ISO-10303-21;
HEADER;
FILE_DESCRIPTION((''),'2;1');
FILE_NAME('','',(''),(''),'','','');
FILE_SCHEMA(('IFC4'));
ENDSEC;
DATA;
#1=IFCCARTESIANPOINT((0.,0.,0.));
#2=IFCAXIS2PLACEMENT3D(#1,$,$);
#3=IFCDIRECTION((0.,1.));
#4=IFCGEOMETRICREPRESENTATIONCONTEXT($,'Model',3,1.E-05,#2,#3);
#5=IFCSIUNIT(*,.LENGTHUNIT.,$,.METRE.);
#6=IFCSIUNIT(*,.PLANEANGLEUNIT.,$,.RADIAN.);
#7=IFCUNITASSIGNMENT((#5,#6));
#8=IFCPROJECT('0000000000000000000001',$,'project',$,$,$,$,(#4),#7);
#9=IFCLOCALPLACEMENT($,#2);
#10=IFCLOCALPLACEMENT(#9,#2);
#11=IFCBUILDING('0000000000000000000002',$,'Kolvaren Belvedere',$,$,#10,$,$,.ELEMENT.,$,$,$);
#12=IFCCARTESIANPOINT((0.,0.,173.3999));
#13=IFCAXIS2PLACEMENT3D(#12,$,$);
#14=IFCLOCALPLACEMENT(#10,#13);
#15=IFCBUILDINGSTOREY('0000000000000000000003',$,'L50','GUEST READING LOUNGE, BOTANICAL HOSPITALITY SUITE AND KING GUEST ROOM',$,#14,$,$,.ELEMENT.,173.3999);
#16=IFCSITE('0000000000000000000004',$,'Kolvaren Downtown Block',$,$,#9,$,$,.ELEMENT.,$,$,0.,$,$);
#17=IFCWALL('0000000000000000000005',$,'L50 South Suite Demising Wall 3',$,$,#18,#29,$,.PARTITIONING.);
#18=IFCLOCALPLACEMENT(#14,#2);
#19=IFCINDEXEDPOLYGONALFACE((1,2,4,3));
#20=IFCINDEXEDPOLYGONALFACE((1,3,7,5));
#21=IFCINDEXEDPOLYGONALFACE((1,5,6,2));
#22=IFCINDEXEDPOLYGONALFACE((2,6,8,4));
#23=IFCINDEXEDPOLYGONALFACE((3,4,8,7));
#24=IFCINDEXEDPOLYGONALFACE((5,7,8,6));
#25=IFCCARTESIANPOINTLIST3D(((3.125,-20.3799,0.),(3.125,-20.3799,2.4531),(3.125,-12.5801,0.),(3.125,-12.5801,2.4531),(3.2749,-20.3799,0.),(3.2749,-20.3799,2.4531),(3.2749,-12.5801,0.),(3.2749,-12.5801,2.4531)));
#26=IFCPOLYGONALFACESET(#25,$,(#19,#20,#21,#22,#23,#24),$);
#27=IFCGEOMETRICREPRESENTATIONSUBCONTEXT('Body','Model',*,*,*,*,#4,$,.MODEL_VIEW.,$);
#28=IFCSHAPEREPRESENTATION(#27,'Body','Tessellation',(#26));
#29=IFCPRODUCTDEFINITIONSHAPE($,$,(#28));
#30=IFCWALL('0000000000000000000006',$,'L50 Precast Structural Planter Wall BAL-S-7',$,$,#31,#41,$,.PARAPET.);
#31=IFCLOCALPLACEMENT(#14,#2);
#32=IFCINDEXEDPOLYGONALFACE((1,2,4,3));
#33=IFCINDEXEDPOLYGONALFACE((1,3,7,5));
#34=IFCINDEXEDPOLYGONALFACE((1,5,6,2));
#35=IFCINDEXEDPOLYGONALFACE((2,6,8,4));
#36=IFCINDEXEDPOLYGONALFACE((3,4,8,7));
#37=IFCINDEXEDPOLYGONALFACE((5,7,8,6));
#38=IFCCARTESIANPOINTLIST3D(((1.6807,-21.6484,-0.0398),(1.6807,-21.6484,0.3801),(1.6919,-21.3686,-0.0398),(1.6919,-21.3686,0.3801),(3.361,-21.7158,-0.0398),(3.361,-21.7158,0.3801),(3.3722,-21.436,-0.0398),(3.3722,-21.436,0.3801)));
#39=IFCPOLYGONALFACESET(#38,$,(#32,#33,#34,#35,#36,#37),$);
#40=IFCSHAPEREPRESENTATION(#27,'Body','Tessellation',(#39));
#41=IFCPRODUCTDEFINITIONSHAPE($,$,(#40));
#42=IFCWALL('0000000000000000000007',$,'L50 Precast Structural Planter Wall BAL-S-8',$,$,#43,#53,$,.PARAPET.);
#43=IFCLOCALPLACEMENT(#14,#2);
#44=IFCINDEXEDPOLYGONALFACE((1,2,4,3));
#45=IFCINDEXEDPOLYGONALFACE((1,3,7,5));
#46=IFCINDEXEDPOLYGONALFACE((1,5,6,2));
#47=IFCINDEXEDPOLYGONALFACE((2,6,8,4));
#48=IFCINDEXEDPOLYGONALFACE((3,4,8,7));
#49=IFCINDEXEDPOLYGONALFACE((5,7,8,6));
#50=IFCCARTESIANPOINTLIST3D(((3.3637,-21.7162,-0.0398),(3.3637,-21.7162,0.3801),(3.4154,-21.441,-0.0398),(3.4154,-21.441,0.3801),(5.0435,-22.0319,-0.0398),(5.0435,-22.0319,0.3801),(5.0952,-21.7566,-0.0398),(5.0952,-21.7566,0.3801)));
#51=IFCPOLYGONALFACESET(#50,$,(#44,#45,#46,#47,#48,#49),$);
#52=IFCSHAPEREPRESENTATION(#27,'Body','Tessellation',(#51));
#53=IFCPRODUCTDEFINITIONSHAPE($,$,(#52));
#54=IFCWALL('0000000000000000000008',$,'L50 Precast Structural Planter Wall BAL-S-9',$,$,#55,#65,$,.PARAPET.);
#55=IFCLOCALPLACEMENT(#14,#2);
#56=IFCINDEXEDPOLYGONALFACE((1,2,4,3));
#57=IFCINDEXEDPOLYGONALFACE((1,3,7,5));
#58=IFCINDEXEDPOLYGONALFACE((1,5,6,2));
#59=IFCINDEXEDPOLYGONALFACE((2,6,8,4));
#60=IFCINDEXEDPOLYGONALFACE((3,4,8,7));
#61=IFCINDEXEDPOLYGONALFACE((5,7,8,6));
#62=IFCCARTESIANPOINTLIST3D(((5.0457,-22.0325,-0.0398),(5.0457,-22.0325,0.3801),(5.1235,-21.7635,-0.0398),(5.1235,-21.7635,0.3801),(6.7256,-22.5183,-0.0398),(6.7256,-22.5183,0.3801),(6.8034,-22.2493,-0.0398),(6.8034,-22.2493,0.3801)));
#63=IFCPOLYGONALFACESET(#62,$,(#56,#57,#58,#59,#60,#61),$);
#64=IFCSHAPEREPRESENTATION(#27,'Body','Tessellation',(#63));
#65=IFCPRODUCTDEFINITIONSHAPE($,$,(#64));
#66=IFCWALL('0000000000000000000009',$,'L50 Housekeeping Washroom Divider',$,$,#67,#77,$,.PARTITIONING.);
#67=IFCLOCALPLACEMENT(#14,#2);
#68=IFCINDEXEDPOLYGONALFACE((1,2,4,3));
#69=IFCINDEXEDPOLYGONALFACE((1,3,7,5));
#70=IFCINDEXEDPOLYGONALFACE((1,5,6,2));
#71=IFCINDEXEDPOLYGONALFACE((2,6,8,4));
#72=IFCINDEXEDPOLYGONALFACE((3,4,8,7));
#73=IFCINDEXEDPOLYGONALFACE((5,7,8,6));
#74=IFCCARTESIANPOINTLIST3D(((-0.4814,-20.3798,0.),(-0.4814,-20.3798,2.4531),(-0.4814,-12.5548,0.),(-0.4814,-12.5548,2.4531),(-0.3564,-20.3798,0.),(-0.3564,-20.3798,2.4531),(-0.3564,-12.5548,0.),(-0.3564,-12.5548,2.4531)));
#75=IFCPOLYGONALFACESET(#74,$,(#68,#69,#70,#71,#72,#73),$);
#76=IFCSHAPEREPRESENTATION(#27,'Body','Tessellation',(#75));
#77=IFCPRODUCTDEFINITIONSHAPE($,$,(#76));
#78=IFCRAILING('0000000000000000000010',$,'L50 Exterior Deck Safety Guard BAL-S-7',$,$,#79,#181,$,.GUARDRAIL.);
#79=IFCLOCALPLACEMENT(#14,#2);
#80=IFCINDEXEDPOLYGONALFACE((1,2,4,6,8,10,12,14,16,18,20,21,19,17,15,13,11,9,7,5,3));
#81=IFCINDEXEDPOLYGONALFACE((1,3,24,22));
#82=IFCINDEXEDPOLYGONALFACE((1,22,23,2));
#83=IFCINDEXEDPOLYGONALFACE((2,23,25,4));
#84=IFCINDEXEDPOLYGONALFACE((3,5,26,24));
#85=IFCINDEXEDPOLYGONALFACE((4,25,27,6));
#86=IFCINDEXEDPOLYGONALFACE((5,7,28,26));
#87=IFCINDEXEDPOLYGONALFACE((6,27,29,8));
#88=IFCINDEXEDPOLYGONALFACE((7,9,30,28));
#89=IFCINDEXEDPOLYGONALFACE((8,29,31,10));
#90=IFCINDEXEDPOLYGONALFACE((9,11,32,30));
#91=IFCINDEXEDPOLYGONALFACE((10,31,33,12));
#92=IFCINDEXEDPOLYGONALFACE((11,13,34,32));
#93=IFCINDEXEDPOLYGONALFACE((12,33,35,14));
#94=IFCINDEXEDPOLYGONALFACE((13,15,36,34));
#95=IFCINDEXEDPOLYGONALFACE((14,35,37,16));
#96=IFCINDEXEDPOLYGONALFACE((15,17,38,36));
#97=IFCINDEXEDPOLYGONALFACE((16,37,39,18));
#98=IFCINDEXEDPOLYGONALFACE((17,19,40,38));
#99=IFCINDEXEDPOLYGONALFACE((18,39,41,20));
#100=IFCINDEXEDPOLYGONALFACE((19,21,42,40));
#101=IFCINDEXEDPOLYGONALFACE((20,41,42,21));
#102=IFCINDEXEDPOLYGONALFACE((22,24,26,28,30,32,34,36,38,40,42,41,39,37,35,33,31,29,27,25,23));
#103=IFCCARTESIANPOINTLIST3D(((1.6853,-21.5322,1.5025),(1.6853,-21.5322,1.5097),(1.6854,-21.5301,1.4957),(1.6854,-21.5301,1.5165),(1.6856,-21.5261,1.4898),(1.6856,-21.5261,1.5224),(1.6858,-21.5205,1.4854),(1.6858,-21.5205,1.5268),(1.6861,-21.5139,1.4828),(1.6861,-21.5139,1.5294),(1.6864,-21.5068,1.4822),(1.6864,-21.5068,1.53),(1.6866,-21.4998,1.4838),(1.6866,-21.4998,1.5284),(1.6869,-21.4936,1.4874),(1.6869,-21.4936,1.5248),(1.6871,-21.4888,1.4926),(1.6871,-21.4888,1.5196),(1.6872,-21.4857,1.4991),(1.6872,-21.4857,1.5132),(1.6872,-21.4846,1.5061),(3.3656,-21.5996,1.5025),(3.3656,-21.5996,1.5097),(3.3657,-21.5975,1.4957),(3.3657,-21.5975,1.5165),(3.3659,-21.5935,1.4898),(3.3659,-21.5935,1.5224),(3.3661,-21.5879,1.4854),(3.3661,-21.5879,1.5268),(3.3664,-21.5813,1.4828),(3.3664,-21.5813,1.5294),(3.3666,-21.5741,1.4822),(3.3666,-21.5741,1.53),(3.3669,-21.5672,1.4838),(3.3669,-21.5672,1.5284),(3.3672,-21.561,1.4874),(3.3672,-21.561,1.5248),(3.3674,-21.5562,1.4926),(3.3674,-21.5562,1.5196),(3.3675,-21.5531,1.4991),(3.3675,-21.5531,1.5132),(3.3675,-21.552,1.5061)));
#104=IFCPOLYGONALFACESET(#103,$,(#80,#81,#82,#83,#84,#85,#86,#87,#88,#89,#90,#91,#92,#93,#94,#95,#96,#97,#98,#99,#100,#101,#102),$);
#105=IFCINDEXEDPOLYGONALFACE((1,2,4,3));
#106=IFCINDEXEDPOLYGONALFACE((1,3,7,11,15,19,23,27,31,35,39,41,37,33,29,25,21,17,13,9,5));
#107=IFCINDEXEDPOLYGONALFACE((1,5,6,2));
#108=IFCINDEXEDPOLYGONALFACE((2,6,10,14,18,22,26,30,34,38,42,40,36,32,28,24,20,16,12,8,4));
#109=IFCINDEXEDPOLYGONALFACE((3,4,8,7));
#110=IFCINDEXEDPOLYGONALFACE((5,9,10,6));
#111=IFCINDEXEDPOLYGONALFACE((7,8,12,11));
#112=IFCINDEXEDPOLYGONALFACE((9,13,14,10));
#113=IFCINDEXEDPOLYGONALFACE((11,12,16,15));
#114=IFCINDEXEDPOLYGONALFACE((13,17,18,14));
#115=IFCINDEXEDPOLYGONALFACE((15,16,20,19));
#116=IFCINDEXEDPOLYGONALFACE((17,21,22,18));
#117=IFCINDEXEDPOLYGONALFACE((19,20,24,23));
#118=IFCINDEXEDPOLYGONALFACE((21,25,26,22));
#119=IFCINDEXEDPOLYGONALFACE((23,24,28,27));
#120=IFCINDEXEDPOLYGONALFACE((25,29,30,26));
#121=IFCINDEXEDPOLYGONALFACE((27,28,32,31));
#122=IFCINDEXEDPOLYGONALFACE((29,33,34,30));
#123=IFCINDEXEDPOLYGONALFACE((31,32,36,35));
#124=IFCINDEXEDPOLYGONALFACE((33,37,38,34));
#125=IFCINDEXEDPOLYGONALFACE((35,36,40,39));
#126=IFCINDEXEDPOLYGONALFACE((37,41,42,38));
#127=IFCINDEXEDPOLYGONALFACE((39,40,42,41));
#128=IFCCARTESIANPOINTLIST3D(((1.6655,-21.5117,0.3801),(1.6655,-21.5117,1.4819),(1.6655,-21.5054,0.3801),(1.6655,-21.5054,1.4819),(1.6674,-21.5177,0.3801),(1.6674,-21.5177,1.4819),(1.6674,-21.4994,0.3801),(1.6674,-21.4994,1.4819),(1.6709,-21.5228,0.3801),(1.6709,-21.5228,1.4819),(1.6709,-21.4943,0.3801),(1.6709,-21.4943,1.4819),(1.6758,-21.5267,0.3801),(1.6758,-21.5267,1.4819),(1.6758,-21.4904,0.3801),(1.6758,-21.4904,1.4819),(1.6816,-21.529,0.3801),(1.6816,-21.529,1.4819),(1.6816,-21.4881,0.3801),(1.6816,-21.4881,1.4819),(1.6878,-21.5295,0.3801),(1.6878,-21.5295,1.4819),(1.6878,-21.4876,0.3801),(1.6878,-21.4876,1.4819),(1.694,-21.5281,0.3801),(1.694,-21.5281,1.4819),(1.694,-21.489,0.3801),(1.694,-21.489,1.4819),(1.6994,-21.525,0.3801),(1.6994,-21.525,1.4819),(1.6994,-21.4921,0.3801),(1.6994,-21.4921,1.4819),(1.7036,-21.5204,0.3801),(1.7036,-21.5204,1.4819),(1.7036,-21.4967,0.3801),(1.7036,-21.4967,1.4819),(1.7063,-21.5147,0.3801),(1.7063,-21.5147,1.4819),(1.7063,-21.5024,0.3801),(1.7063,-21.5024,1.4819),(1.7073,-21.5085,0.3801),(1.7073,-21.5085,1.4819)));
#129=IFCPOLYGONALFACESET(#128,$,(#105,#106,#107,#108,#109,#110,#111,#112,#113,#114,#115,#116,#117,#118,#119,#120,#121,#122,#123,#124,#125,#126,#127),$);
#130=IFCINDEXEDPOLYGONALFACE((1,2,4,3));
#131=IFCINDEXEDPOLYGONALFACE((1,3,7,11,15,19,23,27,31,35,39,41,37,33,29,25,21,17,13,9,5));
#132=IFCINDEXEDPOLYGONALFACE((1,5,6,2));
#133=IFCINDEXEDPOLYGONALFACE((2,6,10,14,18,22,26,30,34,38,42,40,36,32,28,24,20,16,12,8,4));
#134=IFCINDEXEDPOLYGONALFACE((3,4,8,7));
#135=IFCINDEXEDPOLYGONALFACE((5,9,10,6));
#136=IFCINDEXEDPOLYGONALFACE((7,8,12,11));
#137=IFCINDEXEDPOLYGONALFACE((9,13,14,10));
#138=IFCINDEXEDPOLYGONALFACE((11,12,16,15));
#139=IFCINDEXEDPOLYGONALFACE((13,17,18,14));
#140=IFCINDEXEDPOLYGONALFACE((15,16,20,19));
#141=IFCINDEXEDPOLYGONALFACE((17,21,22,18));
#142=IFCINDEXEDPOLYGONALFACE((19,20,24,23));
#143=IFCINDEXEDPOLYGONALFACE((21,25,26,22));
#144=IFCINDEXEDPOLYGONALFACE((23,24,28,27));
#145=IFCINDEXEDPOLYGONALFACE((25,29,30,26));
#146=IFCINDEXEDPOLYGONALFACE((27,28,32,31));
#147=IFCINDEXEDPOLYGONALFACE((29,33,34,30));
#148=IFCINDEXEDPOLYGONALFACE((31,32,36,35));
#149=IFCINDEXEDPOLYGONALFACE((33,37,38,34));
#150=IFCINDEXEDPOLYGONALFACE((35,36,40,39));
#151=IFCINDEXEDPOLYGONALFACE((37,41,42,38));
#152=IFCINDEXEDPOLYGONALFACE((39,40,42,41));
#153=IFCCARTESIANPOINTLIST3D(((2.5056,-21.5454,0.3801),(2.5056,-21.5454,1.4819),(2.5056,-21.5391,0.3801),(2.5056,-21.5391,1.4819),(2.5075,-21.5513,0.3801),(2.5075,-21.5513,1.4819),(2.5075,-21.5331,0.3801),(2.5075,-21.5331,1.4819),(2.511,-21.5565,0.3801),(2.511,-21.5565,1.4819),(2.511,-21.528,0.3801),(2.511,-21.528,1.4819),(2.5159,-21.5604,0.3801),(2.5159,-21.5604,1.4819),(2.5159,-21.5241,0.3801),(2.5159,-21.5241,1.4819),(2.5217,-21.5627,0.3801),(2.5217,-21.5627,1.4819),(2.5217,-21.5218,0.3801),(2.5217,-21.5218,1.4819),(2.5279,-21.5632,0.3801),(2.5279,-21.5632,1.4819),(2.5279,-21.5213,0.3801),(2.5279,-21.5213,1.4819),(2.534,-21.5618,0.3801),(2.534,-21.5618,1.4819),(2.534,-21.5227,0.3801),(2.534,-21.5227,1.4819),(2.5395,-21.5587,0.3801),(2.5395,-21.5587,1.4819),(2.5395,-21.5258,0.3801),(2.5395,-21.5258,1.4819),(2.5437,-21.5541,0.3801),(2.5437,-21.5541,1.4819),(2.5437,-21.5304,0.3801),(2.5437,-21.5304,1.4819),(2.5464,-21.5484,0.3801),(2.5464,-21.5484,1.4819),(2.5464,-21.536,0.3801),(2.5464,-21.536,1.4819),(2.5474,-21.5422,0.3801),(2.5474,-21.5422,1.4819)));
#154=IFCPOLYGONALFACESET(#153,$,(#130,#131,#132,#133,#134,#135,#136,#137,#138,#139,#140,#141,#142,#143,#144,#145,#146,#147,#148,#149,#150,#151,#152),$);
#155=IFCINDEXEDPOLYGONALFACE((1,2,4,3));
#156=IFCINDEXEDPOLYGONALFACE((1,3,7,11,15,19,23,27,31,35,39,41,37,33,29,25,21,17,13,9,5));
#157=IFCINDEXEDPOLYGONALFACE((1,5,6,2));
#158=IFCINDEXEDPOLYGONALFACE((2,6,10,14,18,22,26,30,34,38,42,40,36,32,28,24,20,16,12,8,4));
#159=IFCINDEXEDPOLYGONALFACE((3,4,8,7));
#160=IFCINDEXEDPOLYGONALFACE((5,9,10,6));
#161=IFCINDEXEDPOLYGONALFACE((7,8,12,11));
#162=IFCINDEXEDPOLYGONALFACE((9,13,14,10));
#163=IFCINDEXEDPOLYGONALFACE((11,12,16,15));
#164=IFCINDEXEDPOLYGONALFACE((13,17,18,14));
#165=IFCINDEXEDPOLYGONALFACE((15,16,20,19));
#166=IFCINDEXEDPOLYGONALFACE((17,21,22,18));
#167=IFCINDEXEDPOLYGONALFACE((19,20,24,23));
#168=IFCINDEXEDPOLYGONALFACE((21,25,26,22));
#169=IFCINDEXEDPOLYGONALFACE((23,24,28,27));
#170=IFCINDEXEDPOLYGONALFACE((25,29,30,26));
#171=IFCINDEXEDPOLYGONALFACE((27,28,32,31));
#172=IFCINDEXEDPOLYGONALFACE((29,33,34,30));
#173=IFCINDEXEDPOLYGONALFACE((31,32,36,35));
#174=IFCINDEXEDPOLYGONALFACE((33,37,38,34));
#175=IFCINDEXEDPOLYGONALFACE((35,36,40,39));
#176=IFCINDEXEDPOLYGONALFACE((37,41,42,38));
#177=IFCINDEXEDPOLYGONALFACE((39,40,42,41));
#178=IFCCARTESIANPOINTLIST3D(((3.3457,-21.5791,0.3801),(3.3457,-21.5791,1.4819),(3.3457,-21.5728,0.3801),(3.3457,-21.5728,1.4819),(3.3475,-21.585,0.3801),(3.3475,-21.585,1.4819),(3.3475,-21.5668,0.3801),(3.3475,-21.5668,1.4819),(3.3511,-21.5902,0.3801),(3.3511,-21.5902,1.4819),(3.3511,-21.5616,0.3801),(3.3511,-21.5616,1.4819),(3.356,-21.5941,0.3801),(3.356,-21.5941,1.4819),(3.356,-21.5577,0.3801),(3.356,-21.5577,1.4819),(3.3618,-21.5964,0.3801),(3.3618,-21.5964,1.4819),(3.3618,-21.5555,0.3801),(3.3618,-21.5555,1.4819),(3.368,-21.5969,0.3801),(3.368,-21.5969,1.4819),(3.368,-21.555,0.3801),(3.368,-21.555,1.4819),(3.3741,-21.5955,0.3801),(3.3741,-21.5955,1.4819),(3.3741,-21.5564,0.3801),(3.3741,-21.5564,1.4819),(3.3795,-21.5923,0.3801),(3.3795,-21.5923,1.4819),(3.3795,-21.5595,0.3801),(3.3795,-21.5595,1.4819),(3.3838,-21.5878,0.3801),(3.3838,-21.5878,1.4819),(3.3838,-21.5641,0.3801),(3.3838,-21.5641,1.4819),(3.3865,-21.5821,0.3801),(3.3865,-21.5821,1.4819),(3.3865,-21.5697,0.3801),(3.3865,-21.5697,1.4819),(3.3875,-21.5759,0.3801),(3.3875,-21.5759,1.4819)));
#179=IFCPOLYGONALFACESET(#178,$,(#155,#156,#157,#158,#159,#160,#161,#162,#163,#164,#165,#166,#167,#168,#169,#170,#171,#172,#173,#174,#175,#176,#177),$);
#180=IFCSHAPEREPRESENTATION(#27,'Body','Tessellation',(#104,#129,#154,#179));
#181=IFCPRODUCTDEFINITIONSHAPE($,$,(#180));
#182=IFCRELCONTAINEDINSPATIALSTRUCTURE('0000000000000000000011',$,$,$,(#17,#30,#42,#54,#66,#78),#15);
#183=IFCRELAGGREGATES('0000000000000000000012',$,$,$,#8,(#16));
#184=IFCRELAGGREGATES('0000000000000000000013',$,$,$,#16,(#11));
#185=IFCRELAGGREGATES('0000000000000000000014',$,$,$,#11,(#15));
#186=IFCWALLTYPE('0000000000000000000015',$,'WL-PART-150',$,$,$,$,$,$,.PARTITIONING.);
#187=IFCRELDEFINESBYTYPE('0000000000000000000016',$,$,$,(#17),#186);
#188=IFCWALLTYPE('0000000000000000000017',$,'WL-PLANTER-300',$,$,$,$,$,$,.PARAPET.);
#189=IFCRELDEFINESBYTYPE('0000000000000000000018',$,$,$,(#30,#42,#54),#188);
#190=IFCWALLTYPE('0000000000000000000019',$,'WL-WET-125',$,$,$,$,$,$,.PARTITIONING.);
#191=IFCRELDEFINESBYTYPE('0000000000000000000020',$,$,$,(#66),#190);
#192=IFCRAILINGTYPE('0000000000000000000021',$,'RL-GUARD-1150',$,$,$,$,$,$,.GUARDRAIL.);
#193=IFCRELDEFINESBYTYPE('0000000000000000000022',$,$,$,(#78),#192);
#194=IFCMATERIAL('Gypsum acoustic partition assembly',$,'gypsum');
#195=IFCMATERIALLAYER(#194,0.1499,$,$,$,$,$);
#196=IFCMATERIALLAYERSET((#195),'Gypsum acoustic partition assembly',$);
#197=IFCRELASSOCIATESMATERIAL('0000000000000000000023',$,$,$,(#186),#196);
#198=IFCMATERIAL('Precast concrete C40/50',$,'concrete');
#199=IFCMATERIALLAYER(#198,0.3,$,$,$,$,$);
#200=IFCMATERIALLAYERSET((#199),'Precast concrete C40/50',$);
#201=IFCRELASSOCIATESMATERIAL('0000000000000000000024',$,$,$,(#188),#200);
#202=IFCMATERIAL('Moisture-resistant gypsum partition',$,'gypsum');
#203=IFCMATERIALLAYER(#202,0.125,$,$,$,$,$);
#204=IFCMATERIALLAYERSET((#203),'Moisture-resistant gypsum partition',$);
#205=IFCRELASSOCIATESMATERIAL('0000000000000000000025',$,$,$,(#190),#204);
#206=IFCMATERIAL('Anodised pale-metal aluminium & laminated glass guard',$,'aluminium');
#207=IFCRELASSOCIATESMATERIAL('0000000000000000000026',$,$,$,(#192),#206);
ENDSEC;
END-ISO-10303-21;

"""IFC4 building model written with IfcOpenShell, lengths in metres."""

from ifc_helpers import new_model, si_unit, direction, frame, frame_2d, origin, origin_2d, place, context, subcontext, project, spatial, rectangle, circle, extrude, material, layer, layer_set, type_object, element, save


model = new_model("IFC4")

# Units and contexts
model_context = context("Model", 3, precision=1e-05, world=origin(), true_north=direction((0.0, 1.0)))
body_context = subcontext(model_context, "Body", "Model", "MODEL_VIEW")
ifc_project = project(units=[si_unit("LENGTHUNIT", "METRE"), si_unit("PLANEANGLEUNIT", "RADIAN")], contexts=[model_context])

# Site, building, storey
site_placement = place(None, origin())
site = spatial("IfcSite", under=ifc_project, at=site_placement, Name="Kolvaren Downtown Block", CompositionType="ELEMENT", RefElevation=0.0)
building_placement = place(site_placement, origin())
building = spatial("IfcBuilding", under=site, at=building_placement, Name="Kolvaren Belvedere", CompositionType="ELEMENT")
storey_placement = place(building_placement, frame((0.0, 0.0, 173.3999)))
storey = spatial("IfcBuildingStorey", under=building, at=storey_placement, Name="L50", Description="GUEST READING LOUNGE, BOTANICAL HOSPITALITY SUITE AND KING GUEST ROOM", CompositionType="ELEMENT", Elevation=173.3999)

# Walls
ifc_material_1 = material(Name="Gypsum acoustic partition assembly", Category="gypsum")
ifc_layer_1 = layer(ifc_material_1, 0.1499)
ifc_layer_set_1 = layer_set([ifc_layer_1], Name="Gypsum acoustic partition assembly")
wall_type_1 = type_object("IfcWallType", Name="WL-PART-150", PredefinedType="PARTITIONING", material=ifc_layer_set_1)
wall_1_placement = place(storey_placement, frame((3.2, -20.3799, 0.0), z_axis=(0.0, 0.0, 1.0), x_axis=(0.0, 1.0, 0.0)))
element("IfcWall", 1, at=wall_1_placement, inside=storey, type_object=wall_type_1, Name="L50 South Suite Demising Wall 3", PredefinedType="PARTITIONING", context=body_context, shape_type="SweptSolid", body=[
    extrude(rectangle(XDim=7.7998, YDim=0.1499, at=frame_2d((3.8999, 0.0))), origin(), (0.0, 0.0, 1.0), 2.4531),
])
ifc_material_2 = material(Name="Precast concrete C40/50", Category="concrete")
ifc_layer_2 = layer(ifc_material_2, 0.3)
ifc_layer_set_2 = layer_set([ifc_layer_2], Name="Precast concrete C40/50")
wall_type_2 = type_object("IfcWallType", Name="WL-PLANTER-300", PredefinedType="PARAPET", material=ifc_layer_set_2)
wall_2_placement = place(storey_placement, frame((1.6863, -21.5085, -0.0398), z_axis=(0.0, 0.0, 1.0), x_axis=(0.999197, -0.040072, 0.0)))
element("IfcWall", 2, at=wall_2_placement, inside=storey, type_object=wall_type_2, Name="L50 Precast Structural Planter Wall BAL-S-7", PredefinedType="PARAPET", context=body_context, shape_type="SweptSolid", body=[
    extrude(rectangle(XDim=1.6816, YDim=0.28, at=frame_2d((0.8408, 0.0))), origin(), (0.0, 0.0, 1.0), 0.4199),
])
wall_3_placement = place(storey_placement, frame((3.3896, -21.5786, -0.0398), z_axis=(0.0, 0.0, 1.0), x_axis=(0.982799, -0.184677, 0.0)))
element("IfcWall", 3, at=wall_3_placement, inside=storey, type_object=wall_type_2, Name="L50 Precast Structural Planter Wall BAL-S-8", PredefinedType="PARAPET", context=body_context, shape_type="SweptSolid", body=[
    extrude(rectangle(XDim=1.7092, YDim=0.28, at=frame_2d((0.8545, 0.0))), origin(), (0.0, 0.0, 1.0), 0.4199),
])
wall_4_placement = place(storey_placement, frame((5.0845, -21.8979, -0.0398), z_axis=(0.0, 0.0, 1.0), x_axis=(0.960634, -0.277817, 0.0)))
element("IfcWall", 4, at=wall_4_placement, inside=storey, type_object=wall_type_2, Name="L50 Precast Structural Planter Wall BAL-S-9", PredefinedType="PARAPET", context=body_context, shape_type="SweptSolid", body=[
    extrude(rectangle(XDim=1.7488, YDim=0.28, at=frame_2d((0.8745, 0.0))), origin(), (0.0, 0.0, 1.0), 0.4199),
])
ifc_material_3 = material(Name="Moisture-resistant gypsum partition", Category="gypsum")
ifc_layer_3 = layer(ifc_material_3, 0.125)
ifc_layer_set_3 = layer_set([ifc_layer_3], Name="Moisture-resistant gypsum partition")
wall_type_3 = type_object("IfcWallType", Name="WL-WET-125", PredefinedType="PARTITIONING", material=ifc_layer_set_3)
wall_5_placement = place(storey_placement, frame((-0.4189, -20.3799, 0.0), z_axis=(0.0, 0.0, 1.0), x_axis=(0.0, 1.0, 0.0)))
element("IfcWall", 5, at=wall_5_placement, inside=storey, type_object=wall_type_3, Name="L50 Housekeeping Washroom Divider", PredefinedType="PARTITIONING", context=body_context, shape_type="SweptSolid", body=[
    extrude(rectangle(XDim=7.825, YDim=0.125, at=frame_2d((3.9126, 0.0))), origin(), (0.0, 0.0, 1.0), 2.4531),
])

# Railing
ifc_material_4 = material(Name="Anodised pale-metal aluminium & laminated glass guard", Category="aluminium")
railing_type = type_object("IfcRailingType", Name="RL-GUARD-1150", PredefinedType="GUARDRAIL", material=ifc_material_4)
railing_1_placement = place(storey_placement, frame((1.6863, -21.5085, 0.3801)))
element("IfcRailing", 6, at=railing_1_placement, inside=storey, type_object=railing_type, Name="L50 Exterior Deck Safety Guard BAL-S-7", PredefinedType="GUARDRAIL", context=body_context, shape_type="SweptSolid", body=[
    extrude(circle(Radius=0.0239, at=origin_2d()), frame((0.0, 0.0, 1.126), z_axis=(0.999197, -0.040072, 0.0), x_axis=(0.040072, 0.999197, 0.0)), (0.0, 0.0, 1.0), 1.6816),
    extrude(circle(Radius=0.021, at=origin_2d()), origin(), (0.0, 0.0, 1.0), 1.1018),
    extrude(circle(Radius=0.021, at=origin_2d()), frame((0.8401, -0.0337, 0.0)), (0.0, 0.0, 1.0), 1.1018),
    extrude(circle(Radius=0.021, at=origin_2d()), frame((1.6802, -0.0674, 0.0)), (0.0, 0.0, 1.0), 1.1018),
])

save(model, "model.ifc")
